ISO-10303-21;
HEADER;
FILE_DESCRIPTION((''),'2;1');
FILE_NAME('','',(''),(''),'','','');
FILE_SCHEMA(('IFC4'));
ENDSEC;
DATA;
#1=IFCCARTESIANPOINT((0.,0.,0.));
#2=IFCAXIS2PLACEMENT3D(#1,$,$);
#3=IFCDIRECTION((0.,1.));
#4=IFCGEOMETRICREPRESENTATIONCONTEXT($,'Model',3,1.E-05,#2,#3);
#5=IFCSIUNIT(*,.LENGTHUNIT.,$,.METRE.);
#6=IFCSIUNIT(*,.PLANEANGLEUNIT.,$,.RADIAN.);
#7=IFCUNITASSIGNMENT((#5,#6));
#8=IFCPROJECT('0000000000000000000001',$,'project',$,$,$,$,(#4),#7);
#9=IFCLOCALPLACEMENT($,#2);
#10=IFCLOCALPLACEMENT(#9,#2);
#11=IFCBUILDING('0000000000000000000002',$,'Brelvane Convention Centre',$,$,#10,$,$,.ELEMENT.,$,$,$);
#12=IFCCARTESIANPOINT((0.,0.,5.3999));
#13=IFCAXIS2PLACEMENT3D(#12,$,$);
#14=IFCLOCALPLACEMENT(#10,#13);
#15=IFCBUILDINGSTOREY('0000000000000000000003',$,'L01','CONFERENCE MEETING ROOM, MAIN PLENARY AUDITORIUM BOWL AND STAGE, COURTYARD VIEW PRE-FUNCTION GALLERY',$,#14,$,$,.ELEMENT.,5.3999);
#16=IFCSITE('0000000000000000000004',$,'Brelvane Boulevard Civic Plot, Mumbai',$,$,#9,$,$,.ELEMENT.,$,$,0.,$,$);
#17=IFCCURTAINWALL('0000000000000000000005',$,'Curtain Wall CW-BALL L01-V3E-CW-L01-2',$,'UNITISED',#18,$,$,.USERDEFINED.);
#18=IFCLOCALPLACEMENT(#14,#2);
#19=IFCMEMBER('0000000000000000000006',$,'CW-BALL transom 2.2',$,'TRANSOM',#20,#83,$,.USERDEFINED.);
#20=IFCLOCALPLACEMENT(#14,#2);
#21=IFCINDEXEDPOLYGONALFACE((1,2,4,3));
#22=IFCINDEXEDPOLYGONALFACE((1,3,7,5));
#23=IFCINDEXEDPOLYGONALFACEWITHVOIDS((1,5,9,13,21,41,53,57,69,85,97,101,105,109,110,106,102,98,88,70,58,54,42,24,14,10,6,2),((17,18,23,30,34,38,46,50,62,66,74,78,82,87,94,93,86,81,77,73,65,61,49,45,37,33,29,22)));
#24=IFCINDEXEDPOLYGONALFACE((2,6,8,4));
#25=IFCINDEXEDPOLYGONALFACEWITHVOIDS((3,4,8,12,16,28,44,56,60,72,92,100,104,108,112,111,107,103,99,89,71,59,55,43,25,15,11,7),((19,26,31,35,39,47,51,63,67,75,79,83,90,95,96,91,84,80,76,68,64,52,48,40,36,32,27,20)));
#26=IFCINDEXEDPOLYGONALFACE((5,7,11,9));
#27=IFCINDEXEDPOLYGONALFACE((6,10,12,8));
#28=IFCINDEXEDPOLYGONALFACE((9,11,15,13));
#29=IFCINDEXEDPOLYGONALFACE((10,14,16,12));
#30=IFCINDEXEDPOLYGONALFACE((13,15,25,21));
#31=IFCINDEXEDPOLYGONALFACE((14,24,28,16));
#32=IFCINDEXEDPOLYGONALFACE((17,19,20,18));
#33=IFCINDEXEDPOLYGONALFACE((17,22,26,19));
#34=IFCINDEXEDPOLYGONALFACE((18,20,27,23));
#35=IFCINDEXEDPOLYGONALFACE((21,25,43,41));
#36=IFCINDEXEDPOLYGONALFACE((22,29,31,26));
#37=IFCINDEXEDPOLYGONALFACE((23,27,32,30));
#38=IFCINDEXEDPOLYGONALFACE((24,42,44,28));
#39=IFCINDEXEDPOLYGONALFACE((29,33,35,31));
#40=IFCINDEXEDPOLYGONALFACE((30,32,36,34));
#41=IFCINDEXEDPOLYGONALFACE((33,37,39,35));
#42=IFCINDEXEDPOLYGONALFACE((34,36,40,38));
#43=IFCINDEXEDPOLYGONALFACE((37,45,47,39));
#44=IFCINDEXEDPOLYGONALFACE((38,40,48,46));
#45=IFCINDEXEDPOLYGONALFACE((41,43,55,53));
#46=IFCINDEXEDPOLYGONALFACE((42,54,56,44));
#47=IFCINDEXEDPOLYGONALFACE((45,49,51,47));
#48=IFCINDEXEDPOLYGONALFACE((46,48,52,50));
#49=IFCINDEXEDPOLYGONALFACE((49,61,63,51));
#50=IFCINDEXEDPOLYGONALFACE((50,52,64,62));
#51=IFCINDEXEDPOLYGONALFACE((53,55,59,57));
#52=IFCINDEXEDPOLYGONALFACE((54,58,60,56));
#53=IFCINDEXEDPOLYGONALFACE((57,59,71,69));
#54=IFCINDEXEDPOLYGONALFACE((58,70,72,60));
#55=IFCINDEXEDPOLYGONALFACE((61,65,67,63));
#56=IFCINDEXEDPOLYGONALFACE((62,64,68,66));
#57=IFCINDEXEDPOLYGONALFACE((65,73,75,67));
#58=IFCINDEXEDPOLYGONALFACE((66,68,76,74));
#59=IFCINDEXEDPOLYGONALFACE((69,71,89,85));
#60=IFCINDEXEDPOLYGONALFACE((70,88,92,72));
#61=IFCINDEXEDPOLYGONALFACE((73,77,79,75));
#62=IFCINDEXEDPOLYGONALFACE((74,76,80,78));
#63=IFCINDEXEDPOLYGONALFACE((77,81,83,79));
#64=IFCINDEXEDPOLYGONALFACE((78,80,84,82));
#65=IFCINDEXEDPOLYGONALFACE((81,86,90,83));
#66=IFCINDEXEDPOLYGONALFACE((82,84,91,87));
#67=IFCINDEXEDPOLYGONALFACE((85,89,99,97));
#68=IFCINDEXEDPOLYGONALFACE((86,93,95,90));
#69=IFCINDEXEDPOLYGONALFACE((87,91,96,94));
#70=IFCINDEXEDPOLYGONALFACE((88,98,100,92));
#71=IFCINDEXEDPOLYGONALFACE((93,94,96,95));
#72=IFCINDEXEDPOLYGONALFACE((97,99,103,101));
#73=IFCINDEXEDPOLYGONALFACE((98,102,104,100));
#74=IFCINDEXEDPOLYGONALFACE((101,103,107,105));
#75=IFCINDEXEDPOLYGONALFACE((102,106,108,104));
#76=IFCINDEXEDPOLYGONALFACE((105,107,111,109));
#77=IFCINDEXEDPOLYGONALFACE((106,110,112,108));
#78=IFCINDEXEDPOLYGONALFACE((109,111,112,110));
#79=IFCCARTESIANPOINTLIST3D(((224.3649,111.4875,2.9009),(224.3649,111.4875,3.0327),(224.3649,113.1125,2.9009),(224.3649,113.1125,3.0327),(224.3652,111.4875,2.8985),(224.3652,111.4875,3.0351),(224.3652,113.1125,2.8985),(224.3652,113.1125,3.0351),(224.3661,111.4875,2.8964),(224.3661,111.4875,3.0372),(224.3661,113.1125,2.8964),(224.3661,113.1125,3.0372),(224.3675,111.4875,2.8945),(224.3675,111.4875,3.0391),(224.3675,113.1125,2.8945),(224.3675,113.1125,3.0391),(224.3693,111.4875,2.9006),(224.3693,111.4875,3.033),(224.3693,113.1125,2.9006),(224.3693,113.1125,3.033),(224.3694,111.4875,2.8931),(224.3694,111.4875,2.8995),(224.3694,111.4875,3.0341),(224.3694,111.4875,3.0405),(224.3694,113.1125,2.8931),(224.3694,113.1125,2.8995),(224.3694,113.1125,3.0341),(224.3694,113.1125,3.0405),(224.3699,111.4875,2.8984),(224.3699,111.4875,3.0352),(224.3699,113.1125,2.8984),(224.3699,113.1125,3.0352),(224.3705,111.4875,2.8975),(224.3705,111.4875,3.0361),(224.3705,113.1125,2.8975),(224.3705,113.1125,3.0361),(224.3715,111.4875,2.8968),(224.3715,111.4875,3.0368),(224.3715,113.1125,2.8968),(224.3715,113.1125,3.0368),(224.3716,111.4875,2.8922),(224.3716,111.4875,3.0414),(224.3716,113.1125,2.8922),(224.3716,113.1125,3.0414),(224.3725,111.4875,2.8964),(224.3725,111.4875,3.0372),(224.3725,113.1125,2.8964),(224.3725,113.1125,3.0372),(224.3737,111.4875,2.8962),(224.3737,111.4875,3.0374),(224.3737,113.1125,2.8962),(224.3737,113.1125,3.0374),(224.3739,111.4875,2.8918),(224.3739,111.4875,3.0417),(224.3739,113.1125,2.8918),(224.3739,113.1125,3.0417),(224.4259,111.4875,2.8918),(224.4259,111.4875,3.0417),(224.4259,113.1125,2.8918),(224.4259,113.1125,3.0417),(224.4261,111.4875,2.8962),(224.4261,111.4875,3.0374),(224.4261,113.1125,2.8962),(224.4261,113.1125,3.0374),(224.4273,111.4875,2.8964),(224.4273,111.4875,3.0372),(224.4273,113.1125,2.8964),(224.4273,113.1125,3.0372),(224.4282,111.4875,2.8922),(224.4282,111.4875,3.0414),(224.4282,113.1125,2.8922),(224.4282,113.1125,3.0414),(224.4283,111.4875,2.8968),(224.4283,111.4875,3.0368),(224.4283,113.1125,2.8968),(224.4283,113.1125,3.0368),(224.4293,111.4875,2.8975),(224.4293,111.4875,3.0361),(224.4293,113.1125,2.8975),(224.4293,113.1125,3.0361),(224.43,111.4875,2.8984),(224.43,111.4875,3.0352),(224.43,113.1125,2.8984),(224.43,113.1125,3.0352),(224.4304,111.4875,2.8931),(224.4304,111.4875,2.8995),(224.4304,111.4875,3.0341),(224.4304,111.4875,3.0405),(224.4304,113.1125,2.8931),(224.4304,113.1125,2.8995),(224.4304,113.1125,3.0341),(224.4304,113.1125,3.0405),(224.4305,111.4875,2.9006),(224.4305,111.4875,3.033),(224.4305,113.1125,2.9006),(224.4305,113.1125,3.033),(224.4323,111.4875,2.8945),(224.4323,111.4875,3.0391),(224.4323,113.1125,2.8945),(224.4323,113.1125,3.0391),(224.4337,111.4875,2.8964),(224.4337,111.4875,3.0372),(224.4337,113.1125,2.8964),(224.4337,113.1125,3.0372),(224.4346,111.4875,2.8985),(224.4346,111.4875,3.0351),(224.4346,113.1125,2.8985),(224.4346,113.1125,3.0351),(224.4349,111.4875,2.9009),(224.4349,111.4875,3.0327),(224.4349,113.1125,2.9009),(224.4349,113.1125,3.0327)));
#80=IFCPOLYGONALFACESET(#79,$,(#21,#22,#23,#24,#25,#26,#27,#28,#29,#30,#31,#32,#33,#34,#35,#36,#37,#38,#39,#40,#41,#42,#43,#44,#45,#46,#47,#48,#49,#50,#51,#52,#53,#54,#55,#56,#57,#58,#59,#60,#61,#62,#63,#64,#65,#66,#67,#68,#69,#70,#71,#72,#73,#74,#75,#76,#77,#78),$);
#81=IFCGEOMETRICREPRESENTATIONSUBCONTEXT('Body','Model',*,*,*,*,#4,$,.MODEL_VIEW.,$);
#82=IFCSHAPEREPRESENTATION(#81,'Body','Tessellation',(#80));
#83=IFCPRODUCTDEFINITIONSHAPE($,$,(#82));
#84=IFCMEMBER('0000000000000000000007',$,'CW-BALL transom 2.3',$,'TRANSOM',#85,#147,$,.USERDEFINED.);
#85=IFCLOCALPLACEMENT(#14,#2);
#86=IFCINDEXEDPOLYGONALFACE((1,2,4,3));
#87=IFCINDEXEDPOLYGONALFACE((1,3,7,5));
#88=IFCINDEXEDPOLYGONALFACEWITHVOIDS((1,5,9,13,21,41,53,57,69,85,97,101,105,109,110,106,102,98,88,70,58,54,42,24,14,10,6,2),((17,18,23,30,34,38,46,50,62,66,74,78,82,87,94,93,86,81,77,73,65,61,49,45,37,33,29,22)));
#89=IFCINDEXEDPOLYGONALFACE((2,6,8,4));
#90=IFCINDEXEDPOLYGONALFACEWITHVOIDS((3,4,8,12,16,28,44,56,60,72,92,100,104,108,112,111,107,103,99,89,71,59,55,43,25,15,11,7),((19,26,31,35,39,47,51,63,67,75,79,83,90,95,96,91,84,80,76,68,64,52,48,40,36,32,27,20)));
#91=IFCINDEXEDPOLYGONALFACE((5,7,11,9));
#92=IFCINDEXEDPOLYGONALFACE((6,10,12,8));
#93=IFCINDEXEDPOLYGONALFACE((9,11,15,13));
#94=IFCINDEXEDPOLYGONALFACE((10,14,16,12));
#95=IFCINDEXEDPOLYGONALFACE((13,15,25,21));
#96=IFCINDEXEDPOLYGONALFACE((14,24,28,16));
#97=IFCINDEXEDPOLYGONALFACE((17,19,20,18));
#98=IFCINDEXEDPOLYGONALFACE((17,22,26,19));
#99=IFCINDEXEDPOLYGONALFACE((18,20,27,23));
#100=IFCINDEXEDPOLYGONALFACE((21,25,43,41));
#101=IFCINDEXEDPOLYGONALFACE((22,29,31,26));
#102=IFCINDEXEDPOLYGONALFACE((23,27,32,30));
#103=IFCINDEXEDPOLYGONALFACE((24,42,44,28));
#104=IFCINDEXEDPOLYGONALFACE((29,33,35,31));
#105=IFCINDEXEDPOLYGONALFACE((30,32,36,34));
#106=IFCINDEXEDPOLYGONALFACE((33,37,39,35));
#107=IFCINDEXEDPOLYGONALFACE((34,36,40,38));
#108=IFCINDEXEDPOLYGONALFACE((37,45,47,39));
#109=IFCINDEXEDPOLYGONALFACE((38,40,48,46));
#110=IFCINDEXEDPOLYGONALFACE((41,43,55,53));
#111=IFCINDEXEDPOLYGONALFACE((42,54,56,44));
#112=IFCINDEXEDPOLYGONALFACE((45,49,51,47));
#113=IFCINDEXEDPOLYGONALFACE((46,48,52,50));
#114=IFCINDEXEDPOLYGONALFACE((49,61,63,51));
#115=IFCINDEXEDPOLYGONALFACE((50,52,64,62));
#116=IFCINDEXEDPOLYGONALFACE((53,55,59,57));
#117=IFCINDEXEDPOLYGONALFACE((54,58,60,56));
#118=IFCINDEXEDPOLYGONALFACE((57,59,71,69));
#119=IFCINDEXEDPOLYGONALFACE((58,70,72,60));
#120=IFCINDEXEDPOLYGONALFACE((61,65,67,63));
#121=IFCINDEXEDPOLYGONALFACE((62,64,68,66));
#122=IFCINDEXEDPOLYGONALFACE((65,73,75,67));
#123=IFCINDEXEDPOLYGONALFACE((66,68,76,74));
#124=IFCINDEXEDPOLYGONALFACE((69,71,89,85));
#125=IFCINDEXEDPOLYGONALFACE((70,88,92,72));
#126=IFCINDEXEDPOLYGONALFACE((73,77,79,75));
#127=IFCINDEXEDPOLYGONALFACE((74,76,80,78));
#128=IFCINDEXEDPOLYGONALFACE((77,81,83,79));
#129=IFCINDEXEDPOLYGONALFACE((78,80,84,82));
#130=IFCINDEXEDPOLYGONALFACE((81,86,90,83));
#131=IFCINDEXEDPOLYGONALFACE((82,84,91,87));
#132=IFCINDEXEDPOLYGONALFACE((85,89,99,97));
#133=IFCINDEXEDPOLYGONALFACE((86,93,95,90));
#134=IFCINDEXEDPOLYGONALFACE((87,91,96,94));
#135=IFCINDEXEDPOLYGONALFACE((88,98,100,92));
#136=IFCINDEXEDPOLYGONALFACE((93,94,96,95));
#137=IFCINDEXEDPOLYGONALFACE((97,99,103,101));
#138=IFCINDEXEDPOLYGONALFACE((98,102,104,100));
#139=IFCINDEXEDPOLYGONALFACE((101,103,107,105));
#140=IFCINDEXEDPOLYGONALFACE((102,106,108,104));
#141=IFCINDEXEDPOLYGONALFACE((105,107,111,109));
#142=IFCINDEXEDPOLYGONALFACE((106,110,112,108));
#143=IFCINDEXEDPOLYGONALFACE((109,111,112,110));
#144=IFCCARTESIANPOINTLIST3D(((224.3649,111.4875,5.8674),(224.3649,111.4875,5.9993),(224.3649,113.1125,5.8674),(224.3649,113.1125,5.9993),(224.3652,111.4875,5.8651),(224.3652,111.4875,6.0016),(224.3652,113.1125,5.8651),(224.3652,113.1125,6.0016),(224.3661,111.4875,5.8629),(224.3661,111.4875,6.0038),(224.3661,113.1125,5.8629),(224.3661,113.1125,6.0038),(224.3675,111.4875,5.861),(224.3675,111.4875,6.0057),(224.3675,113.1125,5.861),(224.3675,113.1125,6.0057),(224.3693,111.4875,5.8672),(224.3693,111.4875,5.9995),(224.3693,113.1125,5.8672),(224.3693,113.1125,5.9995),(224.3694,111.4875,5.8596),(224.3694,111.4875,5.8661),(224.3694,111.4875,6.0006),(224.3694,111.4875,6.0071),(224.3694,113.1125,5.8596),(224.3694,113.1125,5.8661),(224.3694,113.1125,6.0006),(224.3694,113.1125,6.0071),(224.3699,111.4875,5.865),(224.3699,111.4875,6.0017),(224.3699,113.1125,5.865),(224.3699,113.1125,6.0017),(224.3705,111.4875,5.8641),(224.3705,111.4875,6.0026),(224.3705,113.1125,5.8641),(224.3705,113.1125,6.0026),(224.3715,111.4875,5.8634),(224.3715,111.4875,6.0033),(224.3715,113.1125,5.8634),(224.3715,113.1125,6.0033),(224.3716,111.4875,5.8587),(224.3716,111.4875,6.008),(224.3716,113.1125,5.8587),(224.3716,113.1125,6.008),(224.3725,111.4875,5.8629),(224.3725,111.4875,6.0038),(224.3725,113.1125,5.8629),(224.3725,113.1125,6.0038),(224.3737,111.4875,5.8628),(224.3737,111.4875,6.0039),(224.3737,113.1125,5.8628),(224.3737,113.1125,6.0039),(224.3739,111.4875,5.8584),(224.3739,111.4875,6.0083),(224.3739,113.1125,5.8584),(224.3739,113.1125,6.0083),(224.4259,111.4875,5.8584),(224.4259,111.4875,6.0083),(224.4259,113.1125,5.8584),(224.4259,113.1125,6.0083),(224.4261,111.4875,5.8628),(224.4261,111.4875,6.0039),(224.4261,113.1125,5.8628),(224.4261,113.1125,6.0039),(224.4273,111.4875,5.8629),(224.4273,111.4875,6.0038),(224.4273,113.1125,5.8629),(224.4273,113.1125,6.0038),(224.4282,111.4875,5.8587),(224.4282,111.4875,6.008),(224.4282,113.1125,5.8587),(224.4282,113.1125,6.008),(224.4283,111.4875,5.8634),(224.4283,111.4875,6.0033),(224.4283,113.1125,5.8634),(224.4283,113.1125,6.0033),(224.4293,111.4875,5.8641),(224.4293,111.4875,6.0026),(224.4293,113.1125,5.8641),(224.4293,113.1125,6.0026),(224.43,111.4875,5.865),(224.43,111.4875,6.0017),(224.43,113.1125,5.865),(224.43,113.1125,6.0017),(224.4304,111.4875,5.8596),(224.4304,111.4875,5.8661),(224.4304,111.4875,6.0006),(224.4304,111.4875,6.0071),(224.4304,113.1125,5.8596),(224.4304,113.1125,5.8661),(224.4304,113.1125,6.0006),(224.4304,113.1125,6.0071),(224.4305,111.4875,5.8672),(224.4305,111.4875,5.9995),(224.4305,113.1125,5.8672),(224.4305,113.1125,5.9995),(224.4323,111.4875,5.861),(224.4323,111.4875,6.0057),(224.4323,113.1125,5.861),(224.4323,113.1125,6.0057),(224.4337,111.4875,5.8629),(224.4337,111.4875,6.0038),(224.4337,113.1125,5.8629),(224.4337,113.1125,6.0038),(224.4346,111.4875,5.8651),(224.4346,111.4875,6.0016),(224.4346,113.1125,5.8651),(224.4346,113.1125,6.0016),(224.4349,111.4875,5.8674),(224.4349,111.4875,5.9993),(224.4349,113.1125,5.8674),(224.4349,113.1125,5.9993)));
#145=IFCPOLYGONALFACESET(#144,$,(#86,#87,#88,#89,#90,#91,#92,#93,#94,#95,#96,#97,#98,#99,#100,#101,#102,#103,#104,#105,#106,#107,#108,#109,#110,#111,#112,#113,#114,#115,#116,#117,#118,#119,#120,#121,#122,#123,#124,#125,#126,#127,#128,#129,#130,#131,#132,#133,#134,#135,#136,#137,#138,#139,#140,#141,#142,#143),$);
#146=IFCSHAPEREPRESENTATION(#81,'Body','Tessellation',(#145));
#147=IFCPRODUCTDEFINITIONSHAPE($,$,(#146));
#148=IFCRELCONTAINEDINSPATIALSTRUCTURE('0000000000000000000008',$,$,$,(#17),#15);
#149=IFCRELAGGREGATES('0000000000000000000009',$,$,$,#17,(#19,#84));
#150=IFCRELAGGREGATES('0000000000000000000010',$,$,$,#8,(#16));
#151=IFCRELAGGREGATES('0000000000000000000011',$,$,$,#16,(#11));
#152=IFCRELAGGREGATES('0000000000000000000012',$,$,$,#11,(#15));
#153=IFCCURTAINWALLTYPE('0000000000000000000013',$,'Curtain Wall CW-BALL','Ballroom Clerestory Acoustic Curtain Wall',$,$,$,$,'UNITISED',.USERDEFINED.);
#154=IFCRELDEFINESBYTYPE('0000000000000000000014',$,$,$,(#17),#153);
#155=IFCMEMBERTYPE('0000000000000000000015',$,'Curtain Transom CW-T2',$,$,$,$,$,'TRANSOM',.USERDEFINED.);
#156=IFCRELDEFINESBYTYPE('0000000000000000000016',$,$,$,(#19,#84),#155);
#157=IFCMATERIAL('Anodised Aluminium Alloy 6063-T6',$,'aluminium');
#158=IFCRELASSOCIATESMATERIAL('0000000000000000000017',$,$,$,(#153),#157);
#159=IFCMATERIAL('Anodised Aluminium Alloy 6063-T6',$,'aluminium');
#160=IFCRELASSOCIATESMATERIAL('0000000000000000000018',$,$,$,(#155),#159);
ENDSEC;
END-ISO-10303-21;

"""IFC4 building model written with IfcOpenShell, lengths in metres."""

from ifc_helpers import new_model, si_unit, direction, frame, origin, origin_2d, place, context, subcontext, project, spatial, hollow_rectangle, extrude, material, material_profile, profile_set, type_object, element, aggregate, save


model = new_model("IFC4")

# Units and contexts
model_context = context("Model", 3, precision=1e-05, world=origin(), true_north=direction((0.0, 1.0)))
body_context = subcontext(model_context, "Body", "Model", "MODEL_VIEW")
ifc_project = project(units=[si_unit("LENGTHUNIT", "METRE"), si_unit("PLANEANGLEUNIT", "RADIAN")], contexts=[model_context])

# Site, building, storey
site_placement = place(None, origin())
site = spatial("IfcSite", under=ifc_project, at=site_placement, Name="Brelvane Boulevard Civic Plot, Mumbai", CompositionType="ELEMENT", RefElevation=0.0)
building_placement = place(site_placement, origin())
building = spatial("IfcBuilding", under=site, at=building_placement, Name="Brelvane Convention Centre", CompositionType="ELEMENT")
storey_placement = place(building_placement, frame((0.0, 0.0, 5.3999)))
storey = spatial("IfcBuildingStorey", under=building, at=storey_placement, Name="L01", Description="CONFERENCE MEETING ROOM, MAIN PLENARY AUDITORIUM BOWL AND STAGE, COURTYARD VIEW PRE-FUNCTION GALLERY", CompositionType="ELEMENT", Elevation=5.3999)

# Curtain wall, members
ifc_material_1 = material(Name="Anodised Aluminium Alloy 6063-T6", Category="aluminium")
curtain_wall_type = type_object("IfcCurtainWallType", Name="Curtain Wall CW-BALL", Description="Ballroom Clerestory Acoustic Curtain Wall", ElementType="UNITISED", PredefinedType="USERDEFINED", material=ifc_material_1)
curtain_wall_placement = place(storey_placement, origin())
curtain_wall = element("IfcCurtainWall", 1, at=curtain_wall_placement, inside=storey, type_object=curtain_wall_type, Name="Curtain Wall CW-BALL L01-V3E-CW-L01-2", ObjectType="UNITISED", PredefinedType="USERDEFINED")
ifc_material_2 = material(Name="Anodised Aluminium Alloy 6063-T6", Category="aluminium")
ifc_material_profile_1 = material_profile(ifc_material_2, hollow_rectangle(XDim=0.0701, YDim=0.1499, WallThickness=0.0044, InnerFilletRadius=0.0044, OuterFilletRadius=0.009, at=origin_2d()), Name="ALU-T 150x70x4.5")
ifc_profile_set_1 = profile_set([ifc_material_profile_1], Name="Anodised Aluminium Alloy 6063-T6")
member_type_1 = type_object("IfcMemberType", Name="Curtain Transom CW-T2", ElementType="TRANSOM", PredefinedType="USERDEFINED", material=ifc_profile_set_1)
member_1_placement = place(storey_placement, frame((224.3999, 111.4875, 2.9668), z_axis=(0.0, 1.0, 0.0), x_axis=(-1.0, 0.0, 0.0)))
member_1 = element("IfcMember", 2, at=member_1_placement, type_object=member_type_1, Name="CW-BALL transom 2.2", ObjectType="TRANSOM", PredefinedType="USERDEFINED", context=body_context, shape_type="SweptSolid", body=[
    extrude(hollow_rectangle(XDim=0.0701, YDim=0.1499, WallThickness=0.0044, InnerFilletRadius=0.0044, OuterFilletRadius=0.009, at=origin_2d()), origin(), (0.0, 0.0, 1.0), 1.625),
])
member_2_placement = place(storey_placement, frame((224.3999, 111.4875, 5.9333), z_axis=(0.0, 1.0, 0.0), x_axis=(-1.0, 0.0, 0.0)))
member_2 = element("IfcMember", 3, at=member_2_placement, type_object=member_type_1, Name="CW-BALL transom 2.3", ObjectType="TRANSOM", PredefinedType="USERDEFINED", context=body_context, shape_type="SweptSolid", body=[
    extrude(hollow_rectangle(XDim=0.0701, YDim=0.1499, WallThickness=0.0044, InnerFilletRadius=0.0044, OuterFilletRadius=0.009, at=origin_2d()), origin(), (0.0, 0.0, 1.0), 1.625),
])
aggregate(curtain_wall, [member_1, member_2])

save(model, "model.ifc")
